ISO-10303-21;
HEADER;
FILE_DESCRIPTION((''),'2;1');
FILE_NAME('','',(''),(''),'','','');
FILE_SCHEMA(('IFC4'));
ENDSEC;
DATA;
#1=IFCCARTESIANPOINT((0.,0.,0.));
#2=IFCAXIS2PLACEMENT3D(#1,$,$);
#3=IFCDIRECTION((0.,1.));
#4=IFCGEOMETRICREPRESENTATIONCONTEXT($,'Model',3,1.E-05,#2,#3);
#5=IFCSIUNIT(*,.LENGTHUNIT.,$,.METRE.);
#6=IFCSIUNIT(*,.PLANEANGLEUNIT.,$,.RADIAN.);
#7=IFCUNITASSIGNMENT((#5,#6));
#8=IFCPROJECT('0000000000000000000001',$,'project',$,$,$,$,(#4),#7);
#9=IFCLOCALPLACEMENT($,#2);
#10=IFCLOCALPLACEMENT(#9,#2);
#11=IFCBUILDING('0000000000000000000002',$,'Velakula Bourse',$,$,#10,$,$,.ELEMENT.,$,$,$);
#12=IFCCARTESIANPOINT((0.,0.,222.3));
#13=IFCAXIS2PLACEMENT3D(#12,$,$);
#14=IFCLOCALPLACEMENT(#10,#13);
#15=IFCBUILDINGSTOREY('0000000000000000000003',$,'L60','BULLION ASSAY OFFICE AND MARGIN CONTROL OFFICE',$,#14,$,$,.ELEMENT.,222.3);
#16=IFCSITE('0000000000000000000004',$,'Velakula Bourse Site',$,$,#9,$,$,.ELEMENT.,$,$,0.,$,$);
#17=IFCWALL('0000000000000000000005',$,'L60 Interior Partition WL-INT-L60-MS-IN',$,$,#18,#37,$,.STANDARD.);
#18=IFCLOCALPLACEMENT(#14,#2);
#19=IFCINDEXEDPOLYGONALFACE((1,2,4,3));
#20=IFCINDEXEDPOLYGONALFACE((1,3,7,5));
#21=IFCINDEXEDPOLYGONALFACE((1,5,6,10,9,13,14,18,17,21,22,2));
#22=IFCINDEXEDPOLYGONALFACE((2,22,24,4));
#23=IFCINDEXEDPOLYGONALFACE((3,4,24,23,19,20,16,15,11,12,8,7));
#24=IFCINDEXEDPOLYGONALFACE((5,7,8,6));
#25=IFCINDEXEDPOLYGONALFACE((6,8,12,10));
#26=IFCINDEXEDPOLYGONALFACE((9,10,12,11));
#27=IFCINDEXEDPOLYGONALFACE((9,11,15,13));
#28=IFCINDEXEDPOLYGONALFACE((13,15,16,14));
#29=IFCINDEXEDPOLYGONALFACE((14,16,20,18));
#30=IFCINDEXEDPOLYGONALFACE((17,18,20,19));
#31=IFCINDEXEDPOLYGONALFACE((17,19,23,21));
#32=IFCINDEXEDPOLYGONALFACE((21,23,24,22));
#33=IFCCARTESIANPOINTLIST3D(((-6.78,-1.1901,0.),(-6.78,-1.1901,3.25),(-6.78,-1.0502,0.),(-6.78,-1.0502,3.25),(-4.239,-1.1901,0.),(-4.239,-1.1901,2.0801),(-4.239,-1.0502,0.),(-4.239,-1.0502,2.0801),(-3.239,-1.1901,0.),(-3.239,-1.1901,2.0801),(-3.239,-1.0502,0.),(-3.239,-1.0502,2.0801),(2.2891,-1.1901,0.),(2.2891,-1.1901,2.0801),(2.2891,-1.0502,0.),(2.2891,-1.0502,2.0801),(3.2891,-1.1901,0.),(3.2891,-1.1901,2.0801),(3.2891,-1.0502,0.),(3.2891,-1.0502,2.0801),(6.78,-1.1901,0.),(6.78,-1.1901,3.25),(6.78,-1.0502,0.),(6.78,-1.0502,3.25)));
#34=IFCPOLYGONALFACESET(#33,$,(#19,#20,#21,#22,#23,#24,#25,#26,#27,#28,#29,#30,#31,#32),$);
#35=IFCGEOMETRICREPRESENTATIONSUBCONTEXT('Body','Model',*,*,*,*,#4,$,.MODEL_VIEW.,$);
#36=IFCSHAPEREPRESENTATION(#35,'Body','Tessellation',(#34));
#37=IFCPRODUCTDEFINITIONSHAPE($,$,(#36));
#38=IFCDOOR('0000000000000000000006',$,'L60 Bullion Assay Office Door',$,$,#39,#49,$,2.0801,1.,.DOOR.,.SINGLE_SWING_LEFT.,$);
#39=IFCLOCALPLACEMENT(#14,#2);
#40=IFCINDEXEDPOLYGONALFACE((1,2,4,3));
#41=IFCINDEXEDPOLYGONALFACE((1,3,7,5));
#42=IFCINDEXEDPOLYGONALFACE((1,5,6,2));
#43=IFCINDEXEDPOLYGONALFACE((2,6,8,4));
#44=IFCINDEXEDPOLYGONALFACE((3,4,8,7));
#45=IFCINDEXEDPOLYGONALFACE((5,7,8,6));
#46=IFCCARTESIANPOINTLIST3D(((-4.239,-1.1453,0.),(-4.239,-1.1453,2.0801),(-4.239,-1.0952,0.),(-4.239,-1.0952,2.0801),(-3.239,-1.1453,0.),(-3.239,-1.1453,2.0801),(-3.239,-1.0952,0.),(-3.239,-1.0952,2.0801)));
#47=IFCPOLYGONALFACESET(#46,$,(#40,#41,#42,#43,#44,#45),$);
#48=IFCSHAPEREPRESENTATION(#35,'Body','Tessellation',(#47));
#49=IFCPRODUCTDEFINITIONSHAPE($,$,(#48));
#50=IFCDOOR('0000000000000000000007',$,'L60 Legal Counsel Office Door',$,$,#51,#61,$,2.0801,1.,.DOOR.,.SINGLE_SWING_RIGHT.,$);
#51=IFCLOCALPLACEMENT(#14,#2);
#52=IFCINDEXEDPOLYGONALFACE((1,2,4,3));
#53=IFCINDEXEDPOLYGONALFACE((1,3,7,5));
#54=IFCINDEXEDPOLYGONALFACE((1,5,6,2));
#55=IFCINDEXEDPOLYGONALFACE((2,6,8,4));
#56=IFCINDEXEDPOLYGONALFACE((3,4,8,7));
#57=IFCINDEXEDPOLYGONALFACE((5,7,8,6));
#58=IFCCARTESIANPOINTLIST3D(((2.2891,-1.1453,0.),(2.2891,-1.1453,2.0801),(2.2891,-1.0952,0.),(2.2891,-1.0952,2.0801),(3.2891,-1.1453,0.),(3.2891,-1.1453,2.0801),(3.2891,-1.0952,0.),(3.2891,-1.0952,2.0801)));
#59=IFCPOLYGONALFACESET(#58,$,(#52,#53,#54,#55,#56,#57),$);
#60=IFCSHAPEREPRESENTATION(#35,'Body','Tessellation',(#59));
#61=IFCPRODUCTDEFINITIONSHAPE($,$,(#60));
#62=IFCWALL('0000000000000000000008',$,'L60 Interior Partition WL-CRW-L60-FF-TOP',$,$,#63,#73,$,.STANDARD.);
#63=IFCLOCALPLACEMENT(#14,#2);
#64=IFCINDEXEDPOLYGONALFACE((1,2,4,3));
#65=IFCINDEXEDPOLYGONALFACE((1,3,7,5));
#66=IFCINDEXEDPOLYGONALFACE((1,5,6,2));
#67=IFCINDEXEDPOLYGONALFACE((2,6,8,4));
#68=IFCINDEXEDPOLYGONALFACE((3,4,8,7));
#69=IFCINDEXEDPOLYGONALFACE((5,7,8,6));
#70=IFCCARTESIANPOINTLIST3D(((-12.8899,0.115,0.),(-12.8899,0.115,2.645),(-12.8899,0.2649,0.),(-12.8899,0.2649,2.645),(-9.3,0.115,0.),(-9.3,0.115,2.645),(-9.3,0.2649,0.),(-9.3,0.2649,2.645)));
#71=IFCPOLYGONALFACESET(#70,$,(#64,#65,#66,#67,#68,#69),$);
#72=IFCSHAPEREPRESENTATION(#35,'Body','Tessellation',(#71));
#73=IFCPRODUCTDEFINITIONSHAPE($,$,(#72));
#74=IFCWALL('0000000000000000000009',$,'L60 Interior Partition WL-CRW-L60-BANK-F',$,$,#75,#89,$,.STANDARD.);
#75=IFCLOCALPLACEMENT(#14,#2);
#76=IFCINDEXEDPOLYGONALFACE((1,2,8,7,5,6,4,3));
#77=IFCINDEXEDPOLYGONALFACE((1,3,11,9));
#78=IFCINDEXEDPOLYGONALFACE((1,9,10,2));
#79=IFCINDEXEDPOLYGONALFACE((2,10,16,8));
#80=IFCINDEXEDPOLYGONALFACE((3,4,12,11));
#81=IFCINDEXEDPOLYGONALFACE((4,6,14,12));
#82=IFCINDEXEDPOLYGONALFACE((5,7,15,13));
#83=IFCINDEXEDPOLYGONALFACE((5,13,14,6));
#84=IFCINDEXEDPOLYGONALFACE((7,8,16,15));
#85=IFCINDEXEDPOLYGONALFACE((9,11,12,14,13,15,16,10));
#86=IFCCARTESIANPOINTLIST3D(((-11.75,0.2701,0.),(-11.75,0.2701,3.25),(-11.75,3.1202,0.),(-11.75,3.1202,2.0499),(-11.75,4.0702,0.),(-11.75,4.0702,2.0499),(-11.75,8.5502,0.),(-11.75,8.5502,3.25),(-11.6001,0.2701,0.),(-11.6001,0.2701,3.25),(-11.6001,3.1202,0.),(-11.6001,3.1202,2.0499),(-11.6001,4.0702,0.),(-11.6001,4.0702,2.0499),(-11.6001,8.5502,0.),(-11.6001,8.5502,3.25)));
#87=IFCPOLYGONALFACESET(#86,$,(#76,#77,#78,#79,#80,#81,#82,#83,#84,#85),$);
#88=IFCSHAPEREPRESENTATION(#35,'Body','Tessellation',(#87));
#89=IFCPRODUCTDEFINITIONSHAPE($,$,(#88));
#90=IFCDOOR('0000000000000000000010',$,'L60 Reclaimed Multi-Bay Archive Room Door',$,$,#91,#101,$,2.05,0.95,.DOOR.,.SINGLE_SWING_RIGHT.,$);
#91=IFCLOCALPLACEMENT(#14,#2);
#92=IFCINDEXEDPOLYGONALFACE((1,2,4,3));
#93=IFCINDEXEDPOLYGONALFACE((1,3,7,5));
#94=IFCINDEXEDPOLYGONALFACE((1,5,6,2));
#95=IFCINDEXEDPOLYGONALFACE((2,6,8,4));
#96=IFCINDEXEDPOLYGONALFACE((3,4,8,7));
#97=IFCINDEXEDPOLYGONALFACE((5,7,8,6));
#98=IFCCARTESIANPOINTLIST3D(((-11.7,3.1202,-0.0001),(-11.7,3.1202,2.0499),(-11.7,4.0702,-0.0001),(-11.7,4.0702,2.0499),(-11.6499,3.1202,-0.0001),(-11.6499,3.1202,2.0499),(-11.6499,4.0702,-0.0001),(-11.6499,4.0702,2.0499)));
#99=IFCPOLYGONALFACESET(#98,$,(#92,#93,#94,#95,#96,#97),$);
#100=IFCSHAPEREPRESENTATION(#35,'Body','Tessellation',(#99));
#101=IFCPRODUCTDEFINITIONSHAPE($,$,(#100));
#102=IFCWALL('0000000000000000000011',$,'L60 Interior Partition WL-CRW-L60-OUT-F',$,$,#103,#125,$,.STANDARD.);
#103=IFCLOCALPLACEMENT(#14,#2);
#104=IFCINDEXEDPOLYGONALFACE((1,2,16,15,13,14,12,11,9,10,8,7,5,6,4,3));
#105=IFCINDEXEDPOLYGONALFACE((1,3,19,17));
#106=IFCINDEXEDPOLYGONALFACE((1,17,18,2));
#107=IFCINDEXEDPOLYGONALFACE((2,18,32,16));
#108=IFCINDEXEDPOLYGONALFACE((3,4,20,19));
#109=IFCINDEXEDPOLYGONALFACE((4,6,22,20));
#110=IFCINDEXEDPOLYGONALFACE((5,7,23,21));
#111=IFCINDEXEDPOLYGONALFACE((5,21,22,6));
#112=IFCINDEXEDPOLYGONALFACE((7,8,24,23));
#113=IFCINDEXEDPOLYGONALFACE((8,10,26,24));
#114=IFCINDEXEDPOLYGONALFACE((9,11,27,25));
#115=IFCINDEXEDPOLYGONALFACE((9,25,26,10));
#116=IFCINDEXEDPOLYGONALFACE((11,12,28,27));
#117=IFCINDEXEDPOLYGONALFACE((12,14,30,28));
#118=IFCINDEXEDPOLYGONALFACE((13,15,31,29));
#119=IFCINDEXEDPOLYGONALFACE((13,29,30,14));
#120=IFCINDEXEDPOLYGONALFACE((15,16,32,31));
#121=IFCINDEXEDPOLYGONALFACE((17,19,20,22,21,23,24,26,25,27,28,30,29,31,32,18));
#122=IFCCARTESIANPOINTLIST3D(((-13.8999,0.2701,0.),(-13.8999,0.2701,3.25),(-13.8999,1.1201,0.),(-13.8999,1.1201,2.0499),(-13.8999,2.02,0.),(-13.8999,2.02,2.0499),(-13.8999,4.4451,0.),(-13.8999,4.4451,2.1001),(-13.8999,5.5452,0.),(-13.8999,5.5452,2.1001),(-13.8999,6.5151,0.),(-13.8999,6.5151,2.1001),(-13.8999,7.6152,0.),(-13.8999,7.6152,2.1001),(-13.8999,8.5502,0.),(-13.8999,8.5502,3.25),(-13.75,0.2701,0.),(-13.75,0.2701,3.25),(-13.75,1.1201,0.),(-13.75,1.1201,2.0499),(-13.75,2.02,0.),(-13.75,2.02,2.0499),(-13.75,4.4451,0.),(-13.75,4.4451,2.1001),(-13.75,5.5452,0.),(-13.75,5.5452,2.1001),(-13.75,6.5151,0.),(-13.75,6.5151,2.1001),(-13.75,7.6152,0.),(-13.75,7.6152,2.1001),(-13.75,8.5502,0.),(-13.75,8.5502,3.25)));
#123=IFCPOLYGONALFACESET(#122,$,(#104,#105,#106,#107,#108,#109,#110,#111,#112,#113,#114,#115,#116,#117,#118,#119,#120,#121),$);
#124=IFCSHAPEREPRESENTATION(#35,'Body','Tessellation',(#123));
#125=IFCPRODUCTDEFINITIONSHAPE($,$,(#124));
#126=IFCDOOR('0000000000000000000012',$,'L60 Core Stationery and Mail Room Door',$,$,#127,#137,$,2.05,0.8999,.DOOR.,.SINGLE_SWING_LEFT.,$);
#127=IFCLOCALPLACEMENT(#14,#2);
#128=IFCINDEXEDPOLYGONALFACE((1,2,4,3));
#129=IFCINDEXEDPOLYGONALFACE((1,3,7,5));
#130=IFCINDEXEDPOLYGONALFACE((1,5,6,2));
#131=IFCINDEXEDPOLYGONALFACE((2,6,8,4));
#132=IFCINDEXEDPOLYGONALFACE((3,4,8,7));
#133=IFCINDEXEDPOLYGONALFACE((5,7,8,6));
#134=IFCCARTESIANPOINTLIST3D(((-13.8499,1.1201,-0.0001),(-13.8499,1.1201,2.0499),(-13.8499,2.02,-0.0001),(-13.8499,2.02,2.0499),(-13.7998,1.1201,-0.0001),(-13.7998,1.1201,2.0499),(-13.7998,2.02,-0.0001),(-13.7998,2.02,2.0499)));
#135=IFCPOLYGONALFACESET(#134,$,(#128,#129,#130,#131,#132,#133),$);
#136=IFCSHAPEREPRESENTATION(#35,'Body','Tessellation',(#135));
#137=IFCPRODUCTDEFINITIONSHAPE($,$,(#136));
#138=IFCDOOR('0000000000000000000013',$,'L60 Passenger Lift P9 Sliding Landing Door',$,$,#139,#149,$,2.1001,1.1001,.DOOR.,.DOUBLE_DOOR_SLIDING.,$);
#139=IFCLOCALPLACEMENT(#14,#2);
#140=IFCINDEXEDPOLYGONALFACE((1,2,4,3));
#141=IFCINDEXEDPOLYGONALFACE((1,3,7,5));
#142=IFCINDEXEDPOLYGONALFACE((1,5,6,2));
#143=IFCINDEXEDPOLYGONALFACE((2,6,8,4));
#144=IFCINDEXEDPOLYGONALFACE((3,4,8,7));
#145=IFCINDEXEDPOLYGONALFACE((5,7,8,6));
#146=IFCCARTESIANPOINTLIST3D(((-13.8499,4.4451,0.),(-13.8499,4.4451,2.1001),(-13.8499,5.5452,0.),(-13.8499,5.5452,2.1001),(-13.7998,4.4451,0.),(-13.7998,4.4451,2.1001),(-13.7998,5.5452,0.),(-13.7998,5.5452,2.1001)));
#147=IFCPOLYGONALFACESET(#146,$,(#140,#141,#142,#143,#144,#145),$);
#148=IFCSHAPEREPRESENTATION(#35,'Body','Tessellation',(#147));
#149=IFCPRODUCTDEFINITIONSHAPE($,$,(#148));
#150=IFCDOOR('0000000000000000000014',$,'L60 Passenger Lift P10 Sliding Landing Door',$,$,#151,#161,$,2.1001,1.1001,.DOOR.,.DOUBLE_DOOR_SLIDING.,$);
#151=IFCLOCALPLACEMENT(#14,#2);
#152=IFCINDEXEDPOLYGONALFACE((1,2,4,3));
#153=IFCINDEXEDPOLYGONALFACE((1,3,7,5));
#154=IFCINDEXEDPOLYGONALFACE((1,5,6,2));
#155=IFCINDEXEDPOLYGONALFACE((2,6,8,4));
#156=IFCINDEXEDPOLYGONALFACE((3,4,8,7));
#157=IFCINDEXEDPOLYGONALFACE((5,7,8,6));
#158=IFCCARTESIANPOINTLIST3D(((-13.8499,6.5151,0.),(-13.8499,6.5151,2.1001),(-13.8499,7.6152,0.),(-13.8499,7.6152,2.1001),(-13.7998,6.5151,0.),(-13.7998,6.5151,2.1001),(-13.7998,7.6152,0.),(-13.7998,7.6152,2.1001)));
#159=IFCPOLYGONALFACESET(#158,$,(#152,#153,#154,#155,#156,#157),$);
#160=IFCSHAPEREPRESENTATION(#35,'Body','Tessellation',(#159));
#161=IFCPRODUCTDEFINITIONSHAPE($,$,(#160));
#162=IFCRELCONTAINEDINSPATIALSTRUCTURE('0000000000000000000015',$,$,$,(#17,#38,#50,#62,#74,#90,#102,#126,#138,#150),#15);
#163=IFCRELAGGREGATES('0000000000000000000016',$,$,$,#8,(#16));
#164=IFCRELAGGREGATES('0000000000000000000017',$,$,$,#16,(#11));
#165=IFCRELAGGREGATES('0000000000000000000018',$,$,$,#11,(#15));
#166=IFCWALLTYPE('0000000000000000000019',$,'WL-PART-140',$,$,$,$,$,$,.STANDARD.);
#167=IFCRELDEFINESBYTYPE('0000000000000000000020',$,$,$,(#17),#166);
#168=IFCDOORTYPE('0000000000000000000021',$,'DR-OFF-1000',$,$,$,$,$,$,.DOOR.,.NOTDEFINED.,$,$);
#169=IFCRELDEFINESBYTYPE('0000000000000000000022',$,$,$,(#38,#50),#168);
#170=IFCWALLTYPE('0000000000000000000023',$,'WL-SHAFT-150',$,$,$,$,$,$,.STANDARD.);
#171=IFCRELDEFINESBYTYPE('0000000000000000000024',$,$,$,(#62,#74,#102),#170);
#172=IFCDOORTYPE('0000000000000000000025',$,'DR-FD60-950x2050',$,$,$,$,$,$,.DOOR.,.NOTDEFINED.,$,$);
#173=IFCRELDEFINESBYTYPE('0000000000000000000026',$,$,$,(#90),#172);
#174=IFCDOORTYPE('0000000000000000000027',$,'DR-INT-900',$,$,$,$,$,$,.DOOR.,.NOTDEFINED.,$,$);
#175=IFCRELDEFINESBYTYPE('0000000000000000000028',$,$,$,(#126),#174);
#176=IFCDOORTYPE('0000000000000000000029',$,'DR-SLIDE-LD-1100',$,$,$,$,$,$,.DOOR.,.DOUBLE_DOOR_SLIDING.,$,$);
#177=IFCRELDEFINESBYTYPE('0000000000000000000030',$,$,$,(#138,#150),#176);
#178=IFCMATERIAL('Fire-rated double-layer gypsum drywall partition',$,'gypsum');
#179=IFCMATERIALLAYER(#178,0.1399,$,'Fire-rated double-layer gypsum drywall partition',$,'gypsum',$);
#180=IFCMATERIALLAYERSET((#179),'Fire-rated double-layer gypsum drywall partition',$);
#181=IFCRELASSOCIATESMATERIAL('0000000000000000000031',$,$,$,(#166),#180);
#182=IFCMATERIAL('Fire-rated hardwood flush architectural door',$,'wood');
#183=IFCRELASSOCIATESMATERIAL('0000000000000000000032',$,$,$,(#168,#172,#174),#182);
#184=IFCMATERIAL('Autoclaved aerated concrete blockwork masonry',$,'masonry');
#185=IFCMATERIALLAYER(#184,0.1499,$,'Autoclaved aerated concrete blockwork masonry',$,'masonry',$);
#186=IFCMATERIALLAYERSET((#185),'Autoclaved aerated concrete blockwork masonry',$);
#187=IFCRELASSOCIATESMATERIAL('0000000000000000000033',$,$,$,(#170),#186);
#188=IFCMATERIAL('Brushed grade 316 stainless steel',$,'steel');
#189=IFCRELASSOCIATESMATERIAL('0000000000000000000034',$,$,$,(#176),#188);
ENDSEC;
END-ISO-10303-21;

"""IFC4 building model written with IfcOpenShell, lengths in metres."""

from ifc_helpers import new_model, si_unit, direction, frame, frame_2d, origin, place, context, subcontext, project, spatial, rectangle, extrude, material, layer, layer_set, type_object, element, fill, save


model = new_model("IFC4")

# Units and contexts
model_context = context("Model", 3, precision=1e-05, world=origin(), true_north=direction((0.0, 1.0)))
body_context = subcontext(model_context, "Body", "Model", "MODEL_VIEW")
ifc_project = project(units=[si_unit("LENGTHUNIT", "METRE"), si_unit("PLANEANGLEUNIT", "RADIAN")], contexts=[model_context])

# Site, building, storey
site_placement = place(None, origin())
site = spatial("IfcSite", under=ifc_project, at=site_placement, Name="Velakula Bourse Site", CompositionType="ELEMENT", RefElevation=0.0)
building_placement = place(site_placement, origin())
building = spatial("IfcBuilding", under=site, at=building_placement, Name="Velakula Bourse", CompositionType="ELEMENT")
storey_placement = place(building_placement, frame((0.0, 0.0, 222.3)))
storey = spatial("IfcBuildingStorey", under=building, at=storey_placement, Name="L60", Description="BULLION ASSAY OFFICE AND MARGIN CONTROL OFFICE", CompositionType="ELEMENT", Elevation=222.3)

# Shared definitions
ifc_material_1 = material(Name="Fire-rated double-layer gypsum drywall partition", Category="gypsum")
ifc_material_2 = material(Name="Fire-rated hardwood flush architectural door", Category="wood")

# Shared definitions
ifc_layer_1 = layer(ifc_material_1, 0.1399, Name="Fire-rated double-layer gypsum drywall partition", Category="gypsum")
ifc_layer_set_1 = layer_set([ifc_layer_1], Name="Fire-rated double-layer gypsum drywall partition")
wall_type_1 = type_object("IfcWallType", Name="WL-PART-140", PredefinedType="STANDARD", material=ifc_layer_set_1)
door_type_1 = type_object("IfcDoorType", Name="DR-OFF-1000", OperationType="NOTDEFINED", PredefinedType="DOOR", material=ifc_material_2)

# Wall, openings, doors
wall_1_placement = place(storey_placement, frame((-6.78, -1.1201, 0.0), z_axis=(0.0, 0.0, 1.0), x_axis=(1.0, 0.0, 0.0)))
wall_1 = element("IfcWall", 1, at=wall_1_placement, inside=storey, type_object=wall_type_1, Name="L60 Interior Partition WL-INT-L60-MS-IN", PredefinedType="STANDARD", context=body_context, shape_type="SweptSolid", body=[
    extrude(rectangle(XDim=13.5601, YDim=0.1399, at=frame_2d((6.78, 0.0))), origin(), (0.0, 0.0, 1.0), 3.25),
])
opening_1_placement = place(wall_1_placement, frame((2.541, 0.0, 0.0)))
opening_1 = element("IfcOpeningElement", 2, at=opening_1_placement, cuts=wall_1, PredefinedType="OPENING", context=body_context, shape_type="SweptSolid", body=[
    extrude(rectangle(XDim=1.0, YDim=2.0801, at=frame_2d((0.5, 1.04))), frame((0.0, 0.0798, 0.0), z_axis=(0.0, -1.0, 0.0), x_axis=(1.0, 0.0, 0.0)), (0.0, 0.0, 1.0), 0.1599),
])
opening_2_placement = place(wall_1_placement, frame((9.0691, 0.0, 0.0)))
opening_2 = element("IfcOpeningElement", 3, at=opening_2_placement, cuts=wall_1, PredefinedType="OPENING", context=body_context, shape_type="SweptSolid", body=[
    extrude(rectangle(XDim=1.0, YDim=2.0801, at=frame_2d((0.5, 1.04))), frame((0.0, 0.0798, 0.0), z_axis=(0.0, -1.0, 0.0), x_axis=(1.0, 0.0, 0.0)), (0.0, 0.0, 1.0), 0.1599),
])
door_1_placement = place(opening_1_placement, origin())
door_1 = element("IfcDoor", 4, at=door_1_placement, inside=storey, type_object=door_type_1, Name="L60 Bullion Assay Office Door", OperationType="SINGLE_SWING_LEFT", OverallHeight=2.0801, OverallWidth=1.0, PredefinedType="DOOR", context=body_context, shape_type="SweptSolid", body=[
    extrude(rectangle(XDim=1.0, YDim=2.0801, at=frame_2d((0.5, 1.04))), frame((0.0, 0.0249, 0.0), z_axis=(0.0, -1.0, 0.0), x_axis=(1.0, 0.0, 0.0)), (0.0, 0.0, 1.0), 0.05),
])
fill(opening_1, door_1)
door_2_placement = place(opening_2_placement, origin())
door_2 = element("IfcDoor", 5, at=door_2_placement, inside=storey, type_object=door_type_1, Name="L60 Legal Counsel Office Door", OperationType="SINGLE_SWING_RIGHT", OverallHeight=2.0801, OverallWidth=1.0, PredefinedType="DOOR", context=body_context, shape_type="SweptSolid", body=[
    extrude(rectangle(XDim=1.0, YDim=2.0801, at=frame_2d((0.5, 1.04))), frame((0.0, 0.0249, 0.0), z_axis=(0.0, -1.0, 0.0), x_axis=(1.0, 0.0, 0.0)), (0.0, 0.0, 1.0), 0.05),
])
fill(opening_2, door_2)

# Wall
ifc_material_3 = material(Name="Autoclaved aerated concrete blockwork masonry", Category="masonry")
ifc_layer_2 = layer(ifc_material_3, 0.1499, Name="Autoclaved aerated concrete blockwork masonry", Category="masonry")
ifc_layer_set_2 = layer_set([ifc_layer_2], Name="Autoclaved aerated concrete blockwork masonry")
wall_type_2 = type_object("IfcWallType", Name="WL-SHAFT-150", PredefinedType="STANDARD", material=ifc_layer_set_2)
wall_2_placement = place(storey_placement, frame((-12.8899, 0.1899, 0.0), z_axis=(0.0, 0.0, 1.0), x_axis=(1.0, 0.0, 0.0)))
element("IfcWall", 6, at=wall_2_placement, inside=storey, type_object=wall_type_2, Name="L60 Interior Partition WL-CRW-L60-FF-TOP", PredefinedType="STANDARD", context=body_context, shape_type="SweptSolid", body=[
    extrude(rectangle(XDim=3.5898, YDim=0.1499, at=frame_2d((1.7949, 0.0))), origin(), (0.0, 0.0, 1.0), 2.645),
])

# Wall, opening, door
wall_3_placement = place(storey_placement, frame((-11.675, 0.27, 0.0), z_axis=(0.0, 0.0, 1.0), x_axis=(0.0, 1.0, 0.0)))
wall_3 = element("IfcWall", 7, at=wall_3_placement, inside=storey, type_object=wall_type_2, Name="L60 Interior Partition WL-CRW-L60-BANK-F", PredefinedType="STANDARD", context=body_context, shape_type="SweptSolid", body=[
    extrude(rectangle(XDim=8.28, YDim=0.1499, at=frame_2d((4.1401, 0.0))), origin(), (0.0, 0.0, 1.0), 3.25),
])
opening_3_placement = place(wall_3_placement, frame((2.8501, 0.0, 0.0)))
opening_3 = element("IfcOpeningElement", 8, at=opening_3_placement, cuts=wall_3, PredefinedType="OPENING", context=body_context, shape_type="SweptSolid", body=[
    extrude(rectangle(XDim=0.95, YDim=2.05, at=frame_2d((0.4751, 1.0249))), frame((0.0, 0.085, 0.0), z_axis=(0.0, -1.0, 0.0), x_axis=(1.0, 0.0, 0.0)), (0.0, 0.0, 1.0), 0.1699),
])
door_type_2 = type_object("IfcDoorType", Name="DR-FD60-950x2050", OperationType="NOTDEFINED", PredefinedType="DOOR", material=ifc_material_2)
door_3_placement = place(opening_3_placement, origin())
door_3 = element("IfcDoor", 9, at=door_3_placement, inside=storey, type_object=door_type_2, Name="L60 Reclaimed Multi-Bay Archive Room Door", OperationType="SINGLE_SWING_RIGHT", OverallHeight=2.05, OverallWidth=0.95, PredefinedType="DOOR", context=body_context, shape_type="SweptSolid", body=[
    extrude(rectangle(XDim=0.95, YDim=2.05, at=frame_2d((0.4751, 1.0249))), frame((0.0, 0.0249, 0.0), z_axis=(0.0, -1.0, 0.0), x_axis=(1.0, 0.0, 0.0)), (0.0, 0.0, 1.0), 0.05),
])
fill(opening_3, door_3)

# Wall, openings, doors
wall_4_placement = place(storey_placement, frame((-13.825, 0.27, 0.0), z_axis=(0.0, 0.0, 1.0), x_axis=(0.0, 1.0, 0.0)))
wall_4 = element("IfcWall", 10, at=wall_4_placement, inside=storey, type_object=wall_type_2, Name="L60 Interior Partition WL-CRW-L60-OUT-F", PredefinedType="STANDARD", context=body_context, shape_type="SweptSolid", body=[
    extrude(rectangle(XDim=8.28, YDim=0.1499, at=frame_2d((4.1401, 0.0))), origin(), (0.0, 0.0, 1.0), 3.25),
])
opening_4_placement = place(wall_4_placement, frame((4.175, 0.0, 0.0)))
opening_4 = element("IfcOpeningElement", 11, at=opening_4_placement, cuts=wall_4, PredefinedType="OPENING", context=body_context, shape_type="SweptSolid", body=[
    extrude(rectangle(XDim=1.1001, YDim=2.1001, at=frame_2d((0.55, 1.05))), frame((0.0, 0.085, 0.0), z_axis=(0.0, -1.0, 0.0), x_axis=(1.0, 0.0, 0.0)), (0.0, 0.0, 1.0), 0.1699),
])
opening_5_placement = place(wall_4_placement, frame((6.2451, 0.0, 0.0)))
opening_5 = element("IfcOpeningElement", 12, at=opening_5_placement, cuts=wall_4, PredefinedType="OPENING", context=body_context, shape_type="SweptSolid", body=[
    extrude(rectangle(XDim=1.1001, YDim=2.1001, at=frame_2d((0.55, 1.05))), frame((0.0, 0.085, 0.0), z_axis=(0.0, -1.0, 0.0), x_axis=(1.0, 0.0, 0.0)), (0.0, 0.0, 1.0), 0.1699),
])
opening_6_placement = place(wall_4_placement, frame((0.8501, 0.0, 0.0)))
opening_6 = element("IfcOpeningElement", 13, at=opening_6_placement, cuts=wall_4, PredefinedType="OPENING", context=body_context, shape_type="SweptSolid", body=[
    extrude(rectangle(XDim=0.8999, YDim=2.05, at=frame_2d((0.45, 1.0249))), frame((0.0, 0.085, 0.0), z_axis=(0.0, -1.0, 0.0), x_axis=(1.0, 0.0, 0.0)), (0.0, 0.0, 1.0), 0.1699),
])
door_type_3 = type_object("IfcDoorType", Name="DR-INT-900", OperationType="NOTDEFINED", PredefinedType="DOOR", material=ifc_material_2)
door_4_placement = place(opening_6_placement, origin())
door_4 = element("IfcDoor", 14, at=door_4_placement, inside=storey, type_object=door_type_3, Name="L60 Core Stationery and Mail Room Door", OperationType="SINGLE_SWING_LEFT", OverallHeight=2.05, OverallWidth=0.8999, PredefinedType="DOOR", context=body_context, shape_type="SweptSolid", body=[
    extrude(rectangle(XDim=0.8999, YDim=2.05, at=frame_2d((0.45, 1.0249))), frame((0.0, 0.0249, 0.0), z_axis=(0.0, -1.0, 0.0), x_axis=(1.0, 0.0, 0.0)), (0.0, 0.0, 1.0), 0.05),
])
fill(opening_6, door_4)
ifc_material_4 = material(Name="Brushed grade 316 stainless steel", Category="steel")
door_type_4 = type_object("IfcDoorType", Name="DR-SLIDE-LD-1100", OperationType="DOUBLE_DOOR_SLIDING", PredefinedType="DOOR", material=ifc_material_4)
door_5_placement = place(opening_4_placement, origin())
door_5 = element("IfcDoor", 15, at=door_5_placement, inside=storey, type_object=door_type_4, Name="L60 Passenger Lift P9 Sliding Landing Door", OperationType="DOUBLE_DOOR_SLIDING", OverallHeight=2.1001, OverallWidth=1.1001, PredefinedType="DOOR", context=body_context, shape_type="SweptSolid", body=[
    extrude(rectangle(XDim=1.1001, YDim=2.1001, at=frame_2d((0.55, 1.05))), frame((0.0, 0.0249, 0.0), z_axis=(0.0, -1.0, 0.0), x_axis=(1.0, 0.0, 0.0)), (0.0, 0.0, 1.0), 0.05),
])
fill(opening_4, door_5)
door_6_placement = place(opening_5_placement, origin())
door_6 = element("IfcDoor", 16, at=door_6_placement, inside=storey, type_object=door_type_4, Name="L60 Passenger Lift P10 Sliding Landing Door", OperationType="DOUBLE_DOOR_SLIDING", OverallHeight=2.1001, OverallWidth=1.1001, PredefinedType="DOOR", context=body_context, shape_type="SweptSolid", body=[
    extrude(rectangle(XDim=1.1001, YDim=2.1001, at=frame_2d((0.55, 1.05))), frame((0.0, 0.0249, 0.0), z_axis=(0.0, -1.0, 0.0), x_axis=(1.0, 0.0, 0.0)), (0.0, 0.0, 1.0), 0.05),
])
fill(opening_5, door_6)

save(model, "model.ifc")
